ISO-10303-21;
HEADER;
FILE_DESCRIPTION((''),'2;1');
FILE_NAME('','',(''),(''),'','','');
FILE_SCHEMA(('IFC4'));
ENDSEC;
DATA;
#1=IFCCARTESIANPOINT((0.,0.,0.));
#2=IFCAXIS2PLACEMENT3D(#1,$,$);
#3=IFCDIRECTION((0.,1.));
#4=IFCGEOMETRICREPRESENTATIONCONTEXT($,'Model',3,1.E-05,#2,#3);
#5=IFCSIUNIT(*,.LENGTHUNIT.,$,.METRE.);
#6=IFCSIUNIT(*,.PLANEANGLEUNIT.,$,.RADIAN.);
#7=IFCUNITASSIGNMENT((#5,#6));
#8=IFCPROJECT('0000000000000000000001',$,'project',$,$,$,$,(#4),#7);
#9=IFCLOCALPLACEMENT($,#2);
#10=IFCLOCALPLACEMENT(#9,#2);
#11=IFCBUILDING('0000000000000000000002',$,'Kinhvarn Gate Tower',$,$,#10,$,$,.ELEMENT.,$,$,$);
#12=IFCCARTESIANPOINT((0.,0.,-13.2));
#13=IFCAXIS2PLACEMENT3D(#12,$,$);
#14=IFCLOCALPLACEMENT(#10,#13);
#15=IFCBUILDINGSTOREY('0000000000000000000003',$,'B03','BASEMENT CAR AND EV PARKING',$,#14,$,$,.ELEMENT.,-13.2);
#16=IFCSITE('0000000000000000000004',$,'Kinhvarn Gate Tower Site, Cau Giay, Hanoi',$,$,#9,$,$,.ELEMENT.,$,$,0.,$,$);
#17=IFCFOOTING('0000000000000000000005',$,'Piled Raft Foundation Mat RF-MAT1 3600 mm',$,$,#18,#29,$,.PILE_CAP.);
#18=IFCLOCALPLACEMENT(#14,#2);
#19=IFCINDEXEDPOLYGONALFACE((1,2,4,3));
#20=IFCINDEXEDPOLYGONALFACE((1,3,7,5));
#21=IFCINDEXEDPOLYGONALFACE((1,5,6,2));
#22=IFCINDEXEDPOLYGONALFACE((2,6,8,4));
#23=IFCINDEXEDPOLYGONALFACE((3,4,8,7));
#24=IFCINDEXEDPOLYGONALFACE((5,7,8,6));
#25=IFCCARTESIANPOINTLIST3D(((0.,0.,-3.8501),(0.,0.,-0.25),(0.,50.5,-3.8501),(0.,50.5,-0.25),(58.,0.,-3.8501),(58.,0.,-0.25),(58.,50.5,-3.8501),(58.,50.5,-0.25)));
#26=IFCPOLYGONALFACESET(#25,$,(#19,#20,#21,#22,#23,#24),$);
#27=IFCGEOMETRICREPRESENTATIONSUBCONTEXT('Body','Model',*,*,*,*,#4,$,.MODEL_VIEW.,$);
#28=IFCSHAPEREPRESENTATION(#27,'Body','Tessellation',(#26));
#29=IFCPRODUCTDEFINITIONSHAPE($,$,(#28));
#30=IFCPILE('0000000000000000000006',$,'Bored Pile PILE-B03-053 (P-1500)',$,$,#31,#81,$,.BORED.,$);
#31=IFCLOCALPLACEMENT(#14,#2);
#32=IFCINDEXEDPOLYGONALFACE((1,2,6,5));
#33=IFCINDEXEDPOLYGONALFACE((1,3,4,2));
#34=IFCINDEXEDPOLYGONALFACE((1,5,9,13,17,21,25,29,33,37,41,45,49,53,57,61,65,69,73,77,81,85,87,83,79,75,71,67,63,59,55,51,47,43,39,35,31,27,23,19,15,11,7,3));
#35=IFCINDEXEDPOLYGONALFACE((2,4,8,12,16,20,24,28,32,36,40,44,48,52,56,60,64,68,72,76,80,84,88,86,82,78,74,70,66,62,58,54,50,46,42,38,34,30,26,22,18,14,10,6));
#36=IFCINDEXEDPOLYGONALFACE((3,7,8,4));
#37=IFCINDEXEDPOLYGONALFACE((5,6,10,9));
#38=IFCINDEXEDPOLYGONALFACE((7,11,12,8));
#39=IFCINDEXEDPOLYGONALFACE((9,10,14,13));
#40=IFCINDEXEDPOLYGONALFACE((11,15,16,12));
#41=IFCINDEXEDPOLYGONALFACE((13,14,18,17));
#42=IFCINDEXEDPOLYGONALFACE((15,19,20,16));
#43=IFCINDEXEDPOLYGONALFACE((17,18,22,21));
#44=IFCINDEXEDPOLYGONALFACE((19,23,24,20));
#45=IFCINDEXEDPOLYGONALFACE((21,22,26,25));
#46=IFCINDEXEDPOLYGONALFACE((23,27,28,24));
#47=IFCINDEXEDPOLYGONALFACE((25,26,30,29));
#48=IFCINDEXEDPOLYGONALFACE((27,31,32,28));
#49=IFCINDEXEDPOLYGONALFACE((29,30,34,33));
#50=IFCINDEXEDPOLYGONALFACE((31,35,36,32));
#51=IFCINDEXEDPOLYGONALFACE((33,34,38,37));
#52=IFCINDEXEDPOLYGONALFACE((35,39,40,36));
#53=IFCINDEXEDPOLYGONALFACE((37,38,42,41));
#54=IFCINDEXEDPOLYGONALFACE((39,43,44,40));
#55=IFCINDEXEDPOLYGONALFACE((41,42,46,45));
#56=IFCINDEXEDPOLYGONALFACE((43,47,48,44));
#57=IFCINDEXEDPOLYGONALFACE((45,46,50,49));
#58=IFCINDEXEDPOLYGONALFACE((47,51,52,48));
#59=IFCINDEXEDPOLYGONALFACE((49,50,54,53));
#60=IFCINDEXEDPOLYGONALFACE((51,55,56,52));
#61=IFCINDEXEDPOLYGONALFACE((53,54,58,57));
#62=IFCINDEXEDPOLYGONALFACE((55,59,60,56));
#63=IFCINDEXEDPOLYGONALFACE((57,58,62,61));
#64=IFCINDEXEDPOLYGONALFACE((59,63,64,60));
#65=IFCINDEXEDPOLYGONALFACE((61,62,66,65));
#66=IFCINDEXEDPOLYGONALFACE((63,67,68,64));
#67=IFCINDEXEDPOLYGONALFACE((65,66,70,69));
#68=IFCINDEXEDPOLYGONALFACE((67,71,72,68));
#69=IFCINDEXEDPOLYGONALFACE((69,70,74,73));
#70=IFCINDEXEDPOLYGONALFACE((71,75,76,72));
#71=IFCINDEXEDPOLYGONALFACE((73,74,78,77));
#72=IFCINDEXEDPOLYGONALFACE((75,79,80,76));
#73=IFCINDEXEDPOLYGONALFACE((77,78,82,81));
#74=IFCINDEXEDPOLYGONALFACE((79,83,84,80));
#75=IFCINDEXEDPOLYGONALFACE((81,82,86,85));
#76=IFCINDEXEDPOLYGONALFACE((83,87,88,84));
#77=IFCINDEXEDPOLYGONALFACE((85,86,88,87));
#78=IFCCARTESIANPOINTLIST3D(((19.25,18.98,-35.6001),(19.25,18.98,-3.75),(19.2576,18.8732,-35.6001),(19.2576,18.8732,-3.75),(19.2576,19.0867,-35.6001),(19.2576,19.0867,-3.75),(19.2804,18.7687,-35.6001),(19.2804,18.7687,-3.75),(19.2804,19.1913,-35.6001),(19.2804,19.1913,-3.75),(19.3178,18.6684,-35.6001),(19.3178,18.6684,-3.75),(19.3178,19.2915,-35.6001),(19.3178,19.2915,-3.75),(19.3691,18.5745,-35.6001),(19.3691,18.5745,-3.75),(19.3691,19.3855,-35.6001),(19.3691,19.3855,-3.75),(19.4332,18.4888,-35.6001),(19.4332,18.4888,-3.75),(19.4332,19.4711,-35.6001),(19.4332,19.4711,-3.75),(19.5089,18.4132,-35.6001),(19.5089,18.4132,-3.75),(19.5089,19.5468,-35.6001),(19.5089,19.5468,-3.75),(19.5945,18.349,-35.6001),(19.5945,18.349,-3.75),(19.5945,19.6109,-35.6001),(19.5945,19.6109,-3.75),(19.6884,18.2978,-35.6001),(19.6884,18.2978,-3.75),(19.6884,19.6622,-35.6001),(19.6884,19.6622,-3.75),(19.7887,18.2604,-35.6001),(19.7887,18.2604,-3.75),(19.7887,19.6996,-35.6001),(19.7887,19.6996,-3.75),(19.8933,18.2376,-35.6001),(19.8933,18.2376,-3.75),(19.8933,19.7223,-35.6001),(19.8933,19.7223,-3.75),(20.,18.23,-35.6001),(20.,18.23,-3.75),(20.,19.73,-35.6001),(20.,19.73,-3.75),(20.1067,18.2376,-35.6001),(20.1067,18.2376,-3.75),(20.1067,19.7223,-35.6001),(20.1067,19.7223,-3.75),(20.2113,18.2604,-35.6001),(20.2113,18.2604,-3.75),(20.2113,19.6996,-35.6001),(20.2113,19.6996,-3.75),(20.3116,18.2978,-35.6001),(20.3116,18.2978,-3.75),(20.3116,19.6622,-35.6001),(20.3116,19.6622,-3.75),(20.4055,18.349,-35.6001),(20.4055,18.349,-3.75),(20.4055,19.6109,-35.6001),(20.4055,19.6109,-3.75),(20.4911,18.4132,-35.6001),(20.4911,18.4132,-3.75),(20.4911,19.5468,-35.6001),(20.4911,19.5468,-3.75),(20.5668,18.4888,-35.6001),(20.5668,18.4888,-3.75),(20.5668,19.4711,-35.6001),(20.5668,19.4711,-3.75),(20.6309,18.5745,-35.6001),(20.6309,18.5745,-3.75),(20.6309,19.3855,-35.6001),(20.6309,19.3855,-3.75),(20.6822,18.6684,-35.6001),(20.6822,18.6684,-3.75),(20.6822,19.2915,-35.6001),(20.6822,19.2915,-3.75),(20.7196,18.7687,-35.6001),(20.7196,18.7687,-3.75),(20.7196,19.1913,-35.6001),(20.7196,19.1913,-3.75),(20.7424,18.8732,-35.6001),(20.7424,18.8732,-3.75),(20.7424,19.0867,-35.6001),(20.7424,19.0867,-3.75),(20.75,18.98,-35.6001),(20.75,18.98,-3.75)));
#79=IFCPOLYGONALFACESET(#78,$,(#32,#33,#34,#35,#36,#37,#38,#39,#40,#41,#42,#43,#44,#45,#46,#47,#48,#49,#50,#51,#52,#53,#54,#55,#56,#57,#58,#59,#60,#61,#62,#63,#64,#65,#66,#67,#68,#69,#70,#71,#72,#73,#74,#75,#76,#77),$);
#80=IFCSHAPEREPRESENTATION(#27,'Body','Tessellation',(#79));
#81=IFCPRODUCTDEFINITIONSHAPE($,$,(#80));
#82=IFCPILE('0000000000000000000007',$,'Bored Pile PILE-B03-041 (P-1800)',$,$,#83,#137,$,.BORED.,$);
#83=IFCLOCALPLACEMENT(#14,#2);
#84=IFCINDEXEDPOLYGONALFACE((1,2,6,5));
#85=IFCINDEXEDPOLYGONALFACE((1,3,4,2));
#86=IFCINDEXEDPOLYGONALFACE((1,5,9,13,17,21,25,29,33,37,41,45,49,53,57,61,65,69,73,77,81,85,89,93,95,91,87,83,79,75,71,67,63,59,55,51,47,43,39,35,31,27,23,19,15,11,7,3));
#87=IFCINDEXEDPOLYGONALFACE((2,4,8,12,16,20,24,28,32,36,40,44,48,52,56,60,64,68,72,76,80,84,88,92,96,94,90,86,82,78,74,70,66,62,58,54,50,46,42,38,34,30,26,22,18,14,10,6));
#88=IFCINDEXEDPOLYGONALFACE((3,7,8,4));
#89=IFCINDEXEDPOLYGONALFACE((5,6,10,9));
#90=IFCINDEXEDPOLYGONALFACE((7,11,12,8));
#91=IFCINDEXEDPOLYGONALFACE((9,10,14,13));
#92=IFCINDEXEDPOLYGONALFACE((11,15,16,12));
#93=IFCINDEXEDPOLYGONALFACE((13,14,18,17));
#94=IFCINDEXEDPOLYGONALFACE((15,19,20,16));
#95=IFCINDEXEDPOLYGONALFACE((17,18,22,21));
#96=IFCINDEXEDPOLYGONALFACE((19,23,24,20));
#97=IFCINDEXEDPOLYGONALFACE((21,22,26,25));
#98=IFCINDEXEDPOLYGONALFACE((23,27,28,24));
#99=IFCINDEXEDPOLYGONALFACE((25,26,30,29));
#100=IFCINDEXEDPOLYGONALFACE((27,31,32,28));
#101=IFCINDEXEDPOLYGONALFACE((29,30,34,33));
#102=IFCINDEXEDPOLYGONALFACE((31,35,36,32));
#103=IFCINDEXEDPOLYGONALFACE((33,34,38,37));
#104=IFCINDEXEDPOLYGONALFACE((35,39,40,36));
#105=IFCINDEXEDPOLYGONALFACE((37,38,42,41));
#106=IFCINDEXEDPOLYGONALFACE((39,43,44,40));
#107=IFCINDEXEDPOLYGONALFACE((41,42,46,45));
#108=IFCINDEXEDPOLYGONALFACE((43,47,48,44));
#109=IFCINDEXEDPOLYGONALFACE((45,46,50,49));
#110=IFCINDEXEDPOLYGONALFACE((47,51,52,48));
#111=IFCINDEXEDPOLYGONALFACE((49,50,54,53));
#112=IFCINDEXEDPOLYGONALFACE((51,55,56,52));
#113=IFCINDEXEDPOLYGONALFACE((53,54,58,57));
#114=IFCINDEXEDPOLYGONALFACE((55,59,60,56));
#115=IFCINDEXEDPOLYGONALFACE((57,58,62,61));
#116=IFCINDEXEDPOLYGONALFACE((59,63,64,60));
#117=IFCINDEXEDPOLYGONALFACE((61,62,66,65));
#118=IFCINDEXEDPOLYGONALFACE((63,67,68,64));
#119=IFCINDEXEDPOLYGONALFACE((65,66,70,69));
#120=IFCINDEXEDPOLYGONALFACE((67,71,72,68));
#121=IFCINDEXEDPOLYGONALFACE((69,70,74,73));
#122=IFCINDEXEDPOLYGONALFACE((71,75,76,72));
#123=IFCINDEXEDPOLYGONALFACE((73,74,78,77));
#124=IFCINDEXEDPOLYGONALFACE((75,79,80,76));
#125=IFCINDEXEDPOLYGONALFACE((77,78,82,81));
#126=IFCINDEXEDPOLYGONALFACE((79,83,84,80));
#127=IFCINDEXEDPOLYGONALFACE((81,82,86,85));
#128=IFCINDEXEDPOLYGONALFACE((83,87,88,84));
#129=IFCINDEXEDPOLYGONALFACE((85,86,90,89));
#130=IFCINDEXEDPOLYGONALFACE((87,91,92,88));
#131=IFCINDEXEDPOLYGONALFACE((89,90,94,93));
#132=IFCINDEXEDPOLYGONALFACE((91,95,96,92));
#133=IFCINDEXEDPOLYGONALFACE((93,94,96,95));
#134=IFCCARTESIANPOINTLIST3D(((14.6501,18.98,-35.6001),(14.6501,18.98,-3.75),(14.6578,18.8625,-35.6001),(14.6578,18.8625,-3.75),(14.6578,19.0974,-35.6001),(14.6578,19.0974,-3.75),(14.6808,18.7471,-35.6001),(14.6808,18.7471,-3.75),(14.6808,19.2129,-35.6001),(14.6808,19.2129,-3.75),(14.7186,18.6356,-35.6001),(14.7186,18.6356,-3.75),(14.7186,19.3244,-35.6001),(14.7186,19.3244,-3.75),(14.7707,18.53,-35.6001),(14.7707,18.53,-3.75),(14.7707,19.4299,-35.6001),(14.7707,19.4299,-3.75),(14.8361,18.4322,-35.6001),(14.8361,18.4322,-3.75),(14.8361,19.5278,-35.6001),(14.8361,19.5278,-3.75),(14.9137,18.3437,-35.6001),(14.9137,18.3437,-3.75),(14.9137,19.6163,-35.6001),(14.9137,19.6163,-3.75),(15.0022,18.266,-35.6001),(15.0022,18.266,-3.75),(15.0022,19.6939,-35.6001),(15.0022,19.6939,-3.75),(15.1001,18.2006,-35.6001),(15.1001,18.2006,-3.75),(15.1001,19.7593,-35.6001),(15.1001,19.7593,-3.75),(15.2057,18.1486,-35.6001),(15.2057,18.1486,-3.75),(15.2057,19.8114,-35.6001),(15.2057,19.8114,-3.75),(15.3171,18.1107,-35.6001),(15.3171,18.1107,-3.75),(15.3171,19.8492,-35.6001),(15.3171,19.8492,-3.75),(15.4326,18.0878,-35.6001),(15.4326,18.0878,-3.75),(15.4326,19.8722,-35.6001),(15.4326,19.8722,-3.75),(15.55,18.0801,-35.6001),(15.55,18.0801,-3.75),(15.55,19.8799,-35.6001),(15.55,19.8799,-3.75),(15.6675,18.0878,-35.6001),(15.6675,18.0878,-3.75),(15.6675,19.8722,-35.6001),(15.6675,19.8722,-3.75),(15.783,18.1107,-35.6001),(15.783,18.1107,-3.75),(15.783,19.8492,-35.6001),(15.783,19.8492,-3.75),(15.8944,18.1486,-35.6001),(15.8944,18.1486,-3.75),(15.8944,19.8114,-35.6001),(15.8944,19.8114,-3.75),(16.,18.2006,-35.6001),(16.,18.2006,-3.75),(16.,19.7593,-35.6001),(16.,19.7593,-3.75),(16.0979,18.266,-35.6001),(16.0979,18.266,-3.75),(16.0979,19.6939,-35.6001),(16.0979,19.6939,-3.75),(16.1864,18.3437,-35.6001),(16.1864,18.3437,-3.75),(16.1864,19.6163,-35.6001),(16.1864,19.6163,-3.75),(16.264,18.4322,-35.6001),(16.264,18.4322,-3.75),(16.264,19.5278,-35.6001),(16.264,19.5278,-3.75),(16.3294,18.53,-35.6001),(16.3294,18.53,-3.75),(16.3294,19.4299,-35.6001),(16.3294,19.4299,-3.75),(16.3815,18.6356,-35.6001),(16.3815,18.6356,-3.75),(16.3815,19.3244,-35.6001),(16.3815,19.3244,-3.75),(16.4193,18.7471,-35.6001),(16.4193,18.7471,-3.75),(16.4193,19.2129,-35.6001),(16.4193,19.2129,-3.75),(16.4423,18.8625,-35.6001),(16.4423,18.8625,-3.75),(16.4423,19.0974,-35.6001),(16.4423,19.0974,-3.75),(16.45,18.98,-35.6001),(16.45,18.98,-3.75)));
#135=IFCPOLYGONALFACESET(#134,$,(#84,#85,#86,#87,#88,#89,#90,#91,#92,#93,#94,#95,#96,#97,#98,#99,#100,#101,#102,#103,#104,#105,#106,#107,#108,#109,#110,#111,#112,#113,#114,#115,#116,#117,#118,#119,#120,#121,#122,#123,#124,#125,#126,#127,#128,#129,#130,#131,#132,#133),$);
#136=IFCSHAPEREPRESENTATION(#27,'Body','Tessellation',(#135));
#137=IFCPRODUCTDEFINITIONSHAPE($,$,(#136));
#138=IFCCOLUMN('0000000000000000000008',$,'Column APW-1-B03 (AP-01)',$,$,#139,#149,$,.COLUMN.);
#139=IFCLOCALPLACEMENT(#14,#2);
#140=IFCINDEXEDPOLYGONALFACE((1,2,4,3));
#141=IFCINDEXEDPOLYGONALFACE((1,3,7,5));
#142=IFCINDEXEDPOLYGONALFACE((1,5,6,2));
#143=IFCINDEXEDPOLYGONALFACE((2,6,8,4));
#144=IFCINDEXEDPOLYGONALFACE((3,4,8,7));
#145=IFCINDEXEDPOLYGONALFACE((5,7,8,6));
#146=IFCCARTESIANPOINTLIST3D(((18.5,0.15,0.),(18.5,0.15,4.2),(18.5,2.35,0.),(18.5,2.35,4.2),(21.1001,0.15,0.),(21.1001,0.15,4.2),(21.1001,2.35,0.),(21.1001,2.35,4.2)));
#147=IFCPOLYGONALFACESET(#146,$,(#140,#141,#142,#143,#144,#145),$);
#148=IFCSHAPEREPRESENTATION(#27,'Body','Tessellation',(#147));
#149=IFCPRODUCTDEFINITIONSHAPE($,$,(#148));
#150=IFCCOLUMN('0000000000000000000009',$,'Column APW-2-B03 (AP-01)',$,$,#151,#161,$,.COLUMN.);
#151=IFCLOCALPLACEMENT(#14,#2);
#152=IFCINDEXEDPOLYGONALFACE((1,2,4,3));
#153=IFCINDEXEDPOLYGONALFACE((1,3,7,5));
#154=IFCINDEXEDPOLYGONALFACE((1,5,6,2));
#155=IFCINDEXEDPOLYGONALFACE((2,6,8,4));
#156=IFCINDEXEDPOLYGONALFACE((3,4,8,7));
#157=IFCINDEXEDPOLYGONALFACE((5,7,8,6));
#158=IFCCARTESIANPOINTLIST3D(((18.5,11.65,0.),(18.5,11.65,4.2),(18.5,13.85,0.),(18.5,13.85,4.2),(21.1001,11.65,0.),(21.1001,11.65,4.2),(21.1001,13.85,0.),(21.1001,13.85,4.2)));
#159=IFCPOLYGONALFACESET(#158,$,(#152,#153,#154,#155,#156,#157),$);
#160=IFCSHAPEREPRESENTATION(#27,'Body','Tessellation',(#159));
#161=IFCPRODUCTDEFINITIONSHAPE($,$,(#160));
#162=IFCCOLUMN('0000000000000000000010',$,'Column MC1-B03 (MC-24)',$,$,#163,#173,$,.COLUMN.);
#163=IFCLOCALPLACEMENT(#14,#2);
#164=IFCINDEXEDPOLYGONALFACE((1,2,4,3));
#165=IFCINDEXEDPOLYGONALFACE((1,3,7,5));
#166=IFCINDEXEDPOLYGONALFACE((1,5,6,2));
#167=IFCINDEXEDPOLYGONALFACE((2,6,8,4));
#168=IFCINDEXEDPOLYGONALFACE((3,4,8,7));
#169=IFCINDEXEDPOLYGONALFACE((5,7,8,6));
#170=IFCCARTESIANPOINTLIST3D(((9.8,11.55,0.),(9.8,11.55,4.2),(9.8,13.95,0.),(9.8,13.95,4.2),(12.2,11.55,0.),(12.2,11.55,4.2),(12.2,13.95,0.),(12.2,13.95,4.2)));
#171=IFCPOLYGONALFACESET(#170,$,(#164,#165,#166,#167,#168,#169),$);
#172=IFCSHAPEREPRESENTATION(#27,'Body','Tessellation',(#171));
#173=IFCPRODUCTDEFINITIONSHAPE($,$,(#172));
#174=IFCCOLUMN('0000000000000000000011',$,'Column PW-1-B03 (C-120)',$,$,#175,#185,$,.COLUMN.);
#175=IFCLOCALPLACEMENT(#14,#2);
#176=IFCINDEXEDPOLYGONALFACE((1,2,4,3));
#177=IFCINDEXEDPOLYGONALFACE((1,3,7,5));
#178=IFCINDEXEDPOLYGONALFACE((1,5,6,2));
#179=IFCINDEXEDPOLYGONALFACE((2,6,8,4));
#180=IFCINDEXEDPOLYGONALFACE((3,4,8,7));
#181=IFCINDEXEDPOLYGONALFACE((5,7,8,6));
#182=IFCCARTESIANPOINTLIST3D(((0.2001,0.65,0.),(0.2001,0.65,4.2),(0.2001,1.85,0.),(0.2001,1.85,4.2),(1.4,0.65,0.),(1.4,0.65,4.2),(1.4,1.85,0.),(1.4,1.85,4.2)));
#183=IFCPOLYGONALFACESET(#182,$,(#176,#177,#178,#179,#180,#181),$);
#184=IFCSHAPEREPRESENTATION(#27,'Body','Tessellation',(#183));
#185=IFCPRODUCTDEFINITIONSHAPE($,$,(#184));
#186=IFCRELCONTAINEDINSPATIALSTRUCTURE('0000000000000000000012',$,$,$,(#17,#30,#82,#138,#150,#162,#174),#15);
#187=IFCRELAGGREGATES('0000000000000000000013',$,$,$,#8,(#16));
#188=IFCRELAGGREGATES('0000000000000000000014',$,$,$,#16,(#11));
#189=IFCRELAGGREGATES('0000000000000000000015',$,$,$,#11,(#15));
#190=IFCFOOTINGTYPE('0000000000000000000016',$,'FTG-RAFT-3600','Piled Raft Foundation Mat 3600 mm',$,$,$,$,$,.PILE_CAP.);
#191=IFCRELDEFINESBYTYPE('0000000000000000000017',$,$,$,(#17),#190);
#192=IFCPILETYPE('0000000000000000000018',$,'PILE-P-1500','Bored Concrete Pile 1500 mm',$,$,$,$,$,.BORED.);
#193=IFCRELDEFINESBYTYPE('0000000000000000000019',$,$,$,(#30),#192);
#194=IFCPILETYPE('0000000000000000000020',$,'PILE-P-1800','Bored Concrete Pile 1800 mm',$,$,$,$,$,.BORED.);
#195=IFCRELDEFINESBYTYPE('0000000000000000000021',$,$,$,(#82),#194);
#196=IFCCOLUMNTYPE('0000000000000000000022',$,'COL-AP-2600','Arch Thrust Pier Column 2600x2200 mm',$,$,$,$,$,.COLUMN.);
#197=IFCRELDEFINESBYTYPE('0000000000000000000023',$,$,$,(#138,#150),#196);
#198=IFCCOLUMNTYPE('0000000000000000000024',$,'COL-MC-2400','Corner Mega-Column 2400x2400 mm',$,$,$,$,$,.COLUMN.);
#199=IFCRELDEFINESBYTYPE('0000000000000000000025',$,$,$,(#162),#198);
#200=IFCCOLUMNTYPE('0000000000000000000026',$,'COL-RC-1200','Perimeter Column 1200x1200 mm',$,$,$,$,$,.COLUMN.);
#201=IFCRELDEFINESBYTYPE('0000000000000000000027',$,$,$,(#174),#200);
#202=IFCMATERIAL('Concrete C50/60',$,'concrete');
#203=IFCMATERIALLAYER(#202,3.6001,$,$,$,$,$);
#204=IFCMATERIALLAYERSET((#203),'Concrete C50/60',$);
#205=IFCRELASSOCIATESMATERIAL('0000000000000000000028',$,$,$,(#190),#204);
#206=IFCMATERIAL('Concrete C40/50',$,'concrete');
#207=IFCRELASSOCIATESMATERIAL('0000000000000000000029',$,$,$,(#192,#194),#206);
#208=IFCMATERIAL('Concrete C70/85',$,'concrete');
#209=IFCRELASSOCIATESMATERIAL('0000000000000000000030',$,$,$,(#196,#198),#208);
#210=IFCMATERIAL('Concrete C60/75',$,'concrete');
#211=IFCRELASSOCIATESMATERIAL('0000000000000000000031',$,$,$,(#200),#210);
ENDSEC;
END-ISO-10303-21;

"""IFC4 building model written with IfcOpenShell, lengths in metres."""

from ifc_helpers import new_model, si_unit, direction, frame, origin, origin_2d, place, context, subcontext, project, spatial, polyline, rectangle, circle, outline, extrude, material, layer, layer_set, material_profile, profile_set, type_object, element, save


model = new_model("IFC4")

# Units and contexts
model_context = context("Model", 3, precision=1e-05, world=origin(), true_north=direction((0.0, 1.0)))
body_context = subcontext(model_context, "Body", "Model", "MODEL_VIEW")
ifc_project = project(units=[si_unit("LENGTHUNIT", "METRE"), si_unit("PLANEANGLEUNIT", "RADIAN")], contexts=[model_context])

# Site, building, storey
site_placement = place(None, origin())
site = spatial("IfcSite", under=ifc_project, at=site_placement, Name="Kinhvarn Gate Tower Site, Cau Giay, Hanoi", CompositionType="ELEMENT", RefElevation=0.0)
building_placement = place(site_placement, origin())
building = spatial("IfcBuilding", under=site, at=building_placement, Name="Kinhvarn Gate Tower", CompositionType="ELEMENT")
storey_placement = place(building_placement, frame((0.0, 0.0, -13.2)))
storey = spatial("IfcBuildingStorey", under=building, at=storey_placement, Name="B03", Description="BASEMENT CAR AND EV PARKING", CompositionType="ELEMENT", Elevation=-13.2)

# Footing
ifc_material_1 = material(Name="Concrete C50/60", Category="concrete")
ifc_layer_1 = layer(ifc_material_1, 3.6001)
ifc_layer_set_1 = layer_set([ifc_layer_1], Name="Concrete C50/60")
footing_type = type_object("IfcFootingType", Name="FTG-RAFT-3600", Description="Piled Raft Foundation Mat 3600 mm", PredefinedType="PILE_CAP", material=ifc_layer_set_1)
footing_placement = place(storey_placement, frame((0.0, 0.0, -3.8501)))
element("IfcFooting", 1, at=footing_placement, inside=storey, type_object=footing_type, Name="Piled Raft Foundation Mat RF-MAT1 3600 mm", PredefinedType="PILE_CAP", context=body_context, shape_type="SweptSolid", body=[
    extrude(outline(polyline([(0.0, 0.0), (58.0, 0.0), (58.0, 50.5), (0.0, 50.5), (0.0, 0.0)])), origin(), (0.0, 0.0, 1.0), 3.6001),
])

# Piles
ifc_material_2 = material(Name="Concrete C40/50", Category="concrete")
ifc_material_profile_1 = material_profile(ifc_material_2, circle(Radius=0.75, at=origin_2d()), Name="PILE D1500")
ifc_profile_set_1 = profile_set([ifc_material_profile_1], Name="Concrete C40/50")
pile_type_1 = type_object("IfcPileType", Name="PILE-P-1500", Description="Bored Concrete Pile 1500 mm", PredefinedType="BORED", material=ifc_profile_set_1)
pile_1_placement = place(storey_placement, frame((20.0, 18.98, -35.6001), z_axis=(0.0, 0.0, 1.0), x_axis=(1.0, 0.0, 0.0)))
element("IfcPile", 2, at=pile_1_placement, inside=storey, type_object=pile_type_1, Name="Bored Pile PILE-B03-053 (P-1500)", PredefinedType="BORED", context=body_context, shape_type="SweptSolid", body=[
    extrude(circle(Radius=0.75, at=origin_2d()), origin(), (0.0, 0.0, 1.0), 31.8501),
])
ifc_material_profile_2 = material_profile(ifc_material_2, circle(Radius=0.8999, at=origin_2d()), Name="PILE D1800")
ifc_profile_set_2 = profile_set([ifc_material_profile_2], Name="Concrete C40/50")
pile_type_2 = type_object("IfcPileType", Name="PILE-P-1800", Description="Bored Concrete Pile 1800 mm", PredefinedType="BORED", material=ifc_profile_set_2)
pile_2_placement = place(storey_placement, frame((15.55, 18.98, -35.6001), z_axis=(0.0, 0.0, 1.0), x_axis=(1.0, 0.0, 0.0)))
element("IfcPile", 3, at=pile_2_placement, inside=storey, type_object=pile_type_2, Name="Bored Pile PILE-B03-041 (P-1800)", PredefinedType="BORED", context=body_context, shape_type="SweptSolid", body=[
    extrude(circle(Radius=0.8999, at=origin_2d()), origin(), (0.0, 0.0, 1.0), 31.8501),
])

# Columns
ifc_material_3 = material(Name="Concrete C70/85", Category="concrete")
ifc_material_profile_3 = material_profile(ifc_material_3, rectangle(XDim=2.6001, YDim=2.2, at=origin_2d()), Name="RC 2600x2200")
ifc_profile_set_3 = profile_set([ifc_material_profile_3], Name="Concrete C70/85")
column_type_1 = type_object("IfcColumnType", Name="COL-AP-2600", Description="Arch Thrust Pier Column 2600x2200 mm", PredefinedType="COLUMN", material=ifc_profile_set_3)
for number, where, z_axis, x_axis, name in (
    (4, (19.8, 1.25, 0.0), (0.0, 0.0, 1.0), (1.0, 0.0, 0.0), "Column APW-1-B03 (AP-01)"),
    (5, (19.8, 12.75, 0.0), (0.0, 0.0, 1.0), (1.0, 0.0, 0.0), "Column APW-2-B03 (AP-01)"),
):
    element("IfcColumn", number, at=place(storey_placement, frame(where, z_axis=z_axis, x_axis=x_axis)), inside=storey, type_object=column_type_1, Name=name, PredefinedType="COLUMN", context=body_context, shape_type="SweptSolid", body=[
        extrude(rectangle(XDim=2.6001, YDim=2.2, at=origin_2d()), origin(), (0.0, 0.0, 1.0), 4.2),
    ])
ifc_material_profile_4 = material_profile(ifc_material_3, rectangle(XDim=2.3999, YDim=2.3999, at=origin_2d()), Name="RC 2400x2400")
ifc_profile_set_4 = profile_set([ifc_material_profile_4], Name="Concrete C70/85")
column_type_2 = type_object("IfcColumnType", Name="COL-MC-2400", Description="Corner Mega-Column 2400x2400 mm", PredefinedType="COLUMN", material=ifc_profile_set_4)
column_placement = place(storey_placement, frame((11.0, 12.75, 0.0), z_axis=(0.0, 0.0, 1.0), x_axis=(1.0, 0.0, 0.0)))
element("IfcColumn", 6, at=column_placement, inside=storey, type_object=column_type_2, Name="Column MC1-B03 (MC-24)", PredefinedType="COLUMN", context=body_context, shape_type="SweptSolid", body=[
    extrude(rectangle(XDim=2.3999, YDim=2.3999, at=origin_2d()), origin(), (0.0, 0.0, 1.0), 4.2),
])
ifc_material_4 = material(Name="Concrete C60/75", Category="concrete")
ifc_material_profile_5 = material_profile(ifc_material_4, rectangle(XDim=1.2, YDim=1.2, at=origin_2d()), Name="RC 1200x1200")
ifc_profile_set_5 = profile_set([ifc_material_profile_5], Name="Concrete C60/75")
column_type_3 = type_object("IfcColumnType", Name="COL-RC-1200", Description="Perimeter Column 1200x1200 mm", PredefinedType="COLUMN", material=ifc_profile_set_5)
for number, where, z_axis, x_axis, name in (
    (7, (0.8, 1.25, 0.0), (0.0, 0.0, 1.0), (1.0, 0.0, 0.0), "Column PW-1-B03 (C-120)"),
):
    element("IfcColumn", number, at=place(storey_placement, frame(where, z_axis=z_axis, x_axis=x_axis)), inside=storey, type_object=column_type_3, Name=name, PredefinedType="COLUMN", context=body_context, shape_type="SweptSolid", body=[
        extrude(rectangle(XDim=1.2, YDim=1.2, at=origin_2d()), origin(), (0.0, 0.0, 1.0), 4.2),
    ])

save(model, "model.ifc")
